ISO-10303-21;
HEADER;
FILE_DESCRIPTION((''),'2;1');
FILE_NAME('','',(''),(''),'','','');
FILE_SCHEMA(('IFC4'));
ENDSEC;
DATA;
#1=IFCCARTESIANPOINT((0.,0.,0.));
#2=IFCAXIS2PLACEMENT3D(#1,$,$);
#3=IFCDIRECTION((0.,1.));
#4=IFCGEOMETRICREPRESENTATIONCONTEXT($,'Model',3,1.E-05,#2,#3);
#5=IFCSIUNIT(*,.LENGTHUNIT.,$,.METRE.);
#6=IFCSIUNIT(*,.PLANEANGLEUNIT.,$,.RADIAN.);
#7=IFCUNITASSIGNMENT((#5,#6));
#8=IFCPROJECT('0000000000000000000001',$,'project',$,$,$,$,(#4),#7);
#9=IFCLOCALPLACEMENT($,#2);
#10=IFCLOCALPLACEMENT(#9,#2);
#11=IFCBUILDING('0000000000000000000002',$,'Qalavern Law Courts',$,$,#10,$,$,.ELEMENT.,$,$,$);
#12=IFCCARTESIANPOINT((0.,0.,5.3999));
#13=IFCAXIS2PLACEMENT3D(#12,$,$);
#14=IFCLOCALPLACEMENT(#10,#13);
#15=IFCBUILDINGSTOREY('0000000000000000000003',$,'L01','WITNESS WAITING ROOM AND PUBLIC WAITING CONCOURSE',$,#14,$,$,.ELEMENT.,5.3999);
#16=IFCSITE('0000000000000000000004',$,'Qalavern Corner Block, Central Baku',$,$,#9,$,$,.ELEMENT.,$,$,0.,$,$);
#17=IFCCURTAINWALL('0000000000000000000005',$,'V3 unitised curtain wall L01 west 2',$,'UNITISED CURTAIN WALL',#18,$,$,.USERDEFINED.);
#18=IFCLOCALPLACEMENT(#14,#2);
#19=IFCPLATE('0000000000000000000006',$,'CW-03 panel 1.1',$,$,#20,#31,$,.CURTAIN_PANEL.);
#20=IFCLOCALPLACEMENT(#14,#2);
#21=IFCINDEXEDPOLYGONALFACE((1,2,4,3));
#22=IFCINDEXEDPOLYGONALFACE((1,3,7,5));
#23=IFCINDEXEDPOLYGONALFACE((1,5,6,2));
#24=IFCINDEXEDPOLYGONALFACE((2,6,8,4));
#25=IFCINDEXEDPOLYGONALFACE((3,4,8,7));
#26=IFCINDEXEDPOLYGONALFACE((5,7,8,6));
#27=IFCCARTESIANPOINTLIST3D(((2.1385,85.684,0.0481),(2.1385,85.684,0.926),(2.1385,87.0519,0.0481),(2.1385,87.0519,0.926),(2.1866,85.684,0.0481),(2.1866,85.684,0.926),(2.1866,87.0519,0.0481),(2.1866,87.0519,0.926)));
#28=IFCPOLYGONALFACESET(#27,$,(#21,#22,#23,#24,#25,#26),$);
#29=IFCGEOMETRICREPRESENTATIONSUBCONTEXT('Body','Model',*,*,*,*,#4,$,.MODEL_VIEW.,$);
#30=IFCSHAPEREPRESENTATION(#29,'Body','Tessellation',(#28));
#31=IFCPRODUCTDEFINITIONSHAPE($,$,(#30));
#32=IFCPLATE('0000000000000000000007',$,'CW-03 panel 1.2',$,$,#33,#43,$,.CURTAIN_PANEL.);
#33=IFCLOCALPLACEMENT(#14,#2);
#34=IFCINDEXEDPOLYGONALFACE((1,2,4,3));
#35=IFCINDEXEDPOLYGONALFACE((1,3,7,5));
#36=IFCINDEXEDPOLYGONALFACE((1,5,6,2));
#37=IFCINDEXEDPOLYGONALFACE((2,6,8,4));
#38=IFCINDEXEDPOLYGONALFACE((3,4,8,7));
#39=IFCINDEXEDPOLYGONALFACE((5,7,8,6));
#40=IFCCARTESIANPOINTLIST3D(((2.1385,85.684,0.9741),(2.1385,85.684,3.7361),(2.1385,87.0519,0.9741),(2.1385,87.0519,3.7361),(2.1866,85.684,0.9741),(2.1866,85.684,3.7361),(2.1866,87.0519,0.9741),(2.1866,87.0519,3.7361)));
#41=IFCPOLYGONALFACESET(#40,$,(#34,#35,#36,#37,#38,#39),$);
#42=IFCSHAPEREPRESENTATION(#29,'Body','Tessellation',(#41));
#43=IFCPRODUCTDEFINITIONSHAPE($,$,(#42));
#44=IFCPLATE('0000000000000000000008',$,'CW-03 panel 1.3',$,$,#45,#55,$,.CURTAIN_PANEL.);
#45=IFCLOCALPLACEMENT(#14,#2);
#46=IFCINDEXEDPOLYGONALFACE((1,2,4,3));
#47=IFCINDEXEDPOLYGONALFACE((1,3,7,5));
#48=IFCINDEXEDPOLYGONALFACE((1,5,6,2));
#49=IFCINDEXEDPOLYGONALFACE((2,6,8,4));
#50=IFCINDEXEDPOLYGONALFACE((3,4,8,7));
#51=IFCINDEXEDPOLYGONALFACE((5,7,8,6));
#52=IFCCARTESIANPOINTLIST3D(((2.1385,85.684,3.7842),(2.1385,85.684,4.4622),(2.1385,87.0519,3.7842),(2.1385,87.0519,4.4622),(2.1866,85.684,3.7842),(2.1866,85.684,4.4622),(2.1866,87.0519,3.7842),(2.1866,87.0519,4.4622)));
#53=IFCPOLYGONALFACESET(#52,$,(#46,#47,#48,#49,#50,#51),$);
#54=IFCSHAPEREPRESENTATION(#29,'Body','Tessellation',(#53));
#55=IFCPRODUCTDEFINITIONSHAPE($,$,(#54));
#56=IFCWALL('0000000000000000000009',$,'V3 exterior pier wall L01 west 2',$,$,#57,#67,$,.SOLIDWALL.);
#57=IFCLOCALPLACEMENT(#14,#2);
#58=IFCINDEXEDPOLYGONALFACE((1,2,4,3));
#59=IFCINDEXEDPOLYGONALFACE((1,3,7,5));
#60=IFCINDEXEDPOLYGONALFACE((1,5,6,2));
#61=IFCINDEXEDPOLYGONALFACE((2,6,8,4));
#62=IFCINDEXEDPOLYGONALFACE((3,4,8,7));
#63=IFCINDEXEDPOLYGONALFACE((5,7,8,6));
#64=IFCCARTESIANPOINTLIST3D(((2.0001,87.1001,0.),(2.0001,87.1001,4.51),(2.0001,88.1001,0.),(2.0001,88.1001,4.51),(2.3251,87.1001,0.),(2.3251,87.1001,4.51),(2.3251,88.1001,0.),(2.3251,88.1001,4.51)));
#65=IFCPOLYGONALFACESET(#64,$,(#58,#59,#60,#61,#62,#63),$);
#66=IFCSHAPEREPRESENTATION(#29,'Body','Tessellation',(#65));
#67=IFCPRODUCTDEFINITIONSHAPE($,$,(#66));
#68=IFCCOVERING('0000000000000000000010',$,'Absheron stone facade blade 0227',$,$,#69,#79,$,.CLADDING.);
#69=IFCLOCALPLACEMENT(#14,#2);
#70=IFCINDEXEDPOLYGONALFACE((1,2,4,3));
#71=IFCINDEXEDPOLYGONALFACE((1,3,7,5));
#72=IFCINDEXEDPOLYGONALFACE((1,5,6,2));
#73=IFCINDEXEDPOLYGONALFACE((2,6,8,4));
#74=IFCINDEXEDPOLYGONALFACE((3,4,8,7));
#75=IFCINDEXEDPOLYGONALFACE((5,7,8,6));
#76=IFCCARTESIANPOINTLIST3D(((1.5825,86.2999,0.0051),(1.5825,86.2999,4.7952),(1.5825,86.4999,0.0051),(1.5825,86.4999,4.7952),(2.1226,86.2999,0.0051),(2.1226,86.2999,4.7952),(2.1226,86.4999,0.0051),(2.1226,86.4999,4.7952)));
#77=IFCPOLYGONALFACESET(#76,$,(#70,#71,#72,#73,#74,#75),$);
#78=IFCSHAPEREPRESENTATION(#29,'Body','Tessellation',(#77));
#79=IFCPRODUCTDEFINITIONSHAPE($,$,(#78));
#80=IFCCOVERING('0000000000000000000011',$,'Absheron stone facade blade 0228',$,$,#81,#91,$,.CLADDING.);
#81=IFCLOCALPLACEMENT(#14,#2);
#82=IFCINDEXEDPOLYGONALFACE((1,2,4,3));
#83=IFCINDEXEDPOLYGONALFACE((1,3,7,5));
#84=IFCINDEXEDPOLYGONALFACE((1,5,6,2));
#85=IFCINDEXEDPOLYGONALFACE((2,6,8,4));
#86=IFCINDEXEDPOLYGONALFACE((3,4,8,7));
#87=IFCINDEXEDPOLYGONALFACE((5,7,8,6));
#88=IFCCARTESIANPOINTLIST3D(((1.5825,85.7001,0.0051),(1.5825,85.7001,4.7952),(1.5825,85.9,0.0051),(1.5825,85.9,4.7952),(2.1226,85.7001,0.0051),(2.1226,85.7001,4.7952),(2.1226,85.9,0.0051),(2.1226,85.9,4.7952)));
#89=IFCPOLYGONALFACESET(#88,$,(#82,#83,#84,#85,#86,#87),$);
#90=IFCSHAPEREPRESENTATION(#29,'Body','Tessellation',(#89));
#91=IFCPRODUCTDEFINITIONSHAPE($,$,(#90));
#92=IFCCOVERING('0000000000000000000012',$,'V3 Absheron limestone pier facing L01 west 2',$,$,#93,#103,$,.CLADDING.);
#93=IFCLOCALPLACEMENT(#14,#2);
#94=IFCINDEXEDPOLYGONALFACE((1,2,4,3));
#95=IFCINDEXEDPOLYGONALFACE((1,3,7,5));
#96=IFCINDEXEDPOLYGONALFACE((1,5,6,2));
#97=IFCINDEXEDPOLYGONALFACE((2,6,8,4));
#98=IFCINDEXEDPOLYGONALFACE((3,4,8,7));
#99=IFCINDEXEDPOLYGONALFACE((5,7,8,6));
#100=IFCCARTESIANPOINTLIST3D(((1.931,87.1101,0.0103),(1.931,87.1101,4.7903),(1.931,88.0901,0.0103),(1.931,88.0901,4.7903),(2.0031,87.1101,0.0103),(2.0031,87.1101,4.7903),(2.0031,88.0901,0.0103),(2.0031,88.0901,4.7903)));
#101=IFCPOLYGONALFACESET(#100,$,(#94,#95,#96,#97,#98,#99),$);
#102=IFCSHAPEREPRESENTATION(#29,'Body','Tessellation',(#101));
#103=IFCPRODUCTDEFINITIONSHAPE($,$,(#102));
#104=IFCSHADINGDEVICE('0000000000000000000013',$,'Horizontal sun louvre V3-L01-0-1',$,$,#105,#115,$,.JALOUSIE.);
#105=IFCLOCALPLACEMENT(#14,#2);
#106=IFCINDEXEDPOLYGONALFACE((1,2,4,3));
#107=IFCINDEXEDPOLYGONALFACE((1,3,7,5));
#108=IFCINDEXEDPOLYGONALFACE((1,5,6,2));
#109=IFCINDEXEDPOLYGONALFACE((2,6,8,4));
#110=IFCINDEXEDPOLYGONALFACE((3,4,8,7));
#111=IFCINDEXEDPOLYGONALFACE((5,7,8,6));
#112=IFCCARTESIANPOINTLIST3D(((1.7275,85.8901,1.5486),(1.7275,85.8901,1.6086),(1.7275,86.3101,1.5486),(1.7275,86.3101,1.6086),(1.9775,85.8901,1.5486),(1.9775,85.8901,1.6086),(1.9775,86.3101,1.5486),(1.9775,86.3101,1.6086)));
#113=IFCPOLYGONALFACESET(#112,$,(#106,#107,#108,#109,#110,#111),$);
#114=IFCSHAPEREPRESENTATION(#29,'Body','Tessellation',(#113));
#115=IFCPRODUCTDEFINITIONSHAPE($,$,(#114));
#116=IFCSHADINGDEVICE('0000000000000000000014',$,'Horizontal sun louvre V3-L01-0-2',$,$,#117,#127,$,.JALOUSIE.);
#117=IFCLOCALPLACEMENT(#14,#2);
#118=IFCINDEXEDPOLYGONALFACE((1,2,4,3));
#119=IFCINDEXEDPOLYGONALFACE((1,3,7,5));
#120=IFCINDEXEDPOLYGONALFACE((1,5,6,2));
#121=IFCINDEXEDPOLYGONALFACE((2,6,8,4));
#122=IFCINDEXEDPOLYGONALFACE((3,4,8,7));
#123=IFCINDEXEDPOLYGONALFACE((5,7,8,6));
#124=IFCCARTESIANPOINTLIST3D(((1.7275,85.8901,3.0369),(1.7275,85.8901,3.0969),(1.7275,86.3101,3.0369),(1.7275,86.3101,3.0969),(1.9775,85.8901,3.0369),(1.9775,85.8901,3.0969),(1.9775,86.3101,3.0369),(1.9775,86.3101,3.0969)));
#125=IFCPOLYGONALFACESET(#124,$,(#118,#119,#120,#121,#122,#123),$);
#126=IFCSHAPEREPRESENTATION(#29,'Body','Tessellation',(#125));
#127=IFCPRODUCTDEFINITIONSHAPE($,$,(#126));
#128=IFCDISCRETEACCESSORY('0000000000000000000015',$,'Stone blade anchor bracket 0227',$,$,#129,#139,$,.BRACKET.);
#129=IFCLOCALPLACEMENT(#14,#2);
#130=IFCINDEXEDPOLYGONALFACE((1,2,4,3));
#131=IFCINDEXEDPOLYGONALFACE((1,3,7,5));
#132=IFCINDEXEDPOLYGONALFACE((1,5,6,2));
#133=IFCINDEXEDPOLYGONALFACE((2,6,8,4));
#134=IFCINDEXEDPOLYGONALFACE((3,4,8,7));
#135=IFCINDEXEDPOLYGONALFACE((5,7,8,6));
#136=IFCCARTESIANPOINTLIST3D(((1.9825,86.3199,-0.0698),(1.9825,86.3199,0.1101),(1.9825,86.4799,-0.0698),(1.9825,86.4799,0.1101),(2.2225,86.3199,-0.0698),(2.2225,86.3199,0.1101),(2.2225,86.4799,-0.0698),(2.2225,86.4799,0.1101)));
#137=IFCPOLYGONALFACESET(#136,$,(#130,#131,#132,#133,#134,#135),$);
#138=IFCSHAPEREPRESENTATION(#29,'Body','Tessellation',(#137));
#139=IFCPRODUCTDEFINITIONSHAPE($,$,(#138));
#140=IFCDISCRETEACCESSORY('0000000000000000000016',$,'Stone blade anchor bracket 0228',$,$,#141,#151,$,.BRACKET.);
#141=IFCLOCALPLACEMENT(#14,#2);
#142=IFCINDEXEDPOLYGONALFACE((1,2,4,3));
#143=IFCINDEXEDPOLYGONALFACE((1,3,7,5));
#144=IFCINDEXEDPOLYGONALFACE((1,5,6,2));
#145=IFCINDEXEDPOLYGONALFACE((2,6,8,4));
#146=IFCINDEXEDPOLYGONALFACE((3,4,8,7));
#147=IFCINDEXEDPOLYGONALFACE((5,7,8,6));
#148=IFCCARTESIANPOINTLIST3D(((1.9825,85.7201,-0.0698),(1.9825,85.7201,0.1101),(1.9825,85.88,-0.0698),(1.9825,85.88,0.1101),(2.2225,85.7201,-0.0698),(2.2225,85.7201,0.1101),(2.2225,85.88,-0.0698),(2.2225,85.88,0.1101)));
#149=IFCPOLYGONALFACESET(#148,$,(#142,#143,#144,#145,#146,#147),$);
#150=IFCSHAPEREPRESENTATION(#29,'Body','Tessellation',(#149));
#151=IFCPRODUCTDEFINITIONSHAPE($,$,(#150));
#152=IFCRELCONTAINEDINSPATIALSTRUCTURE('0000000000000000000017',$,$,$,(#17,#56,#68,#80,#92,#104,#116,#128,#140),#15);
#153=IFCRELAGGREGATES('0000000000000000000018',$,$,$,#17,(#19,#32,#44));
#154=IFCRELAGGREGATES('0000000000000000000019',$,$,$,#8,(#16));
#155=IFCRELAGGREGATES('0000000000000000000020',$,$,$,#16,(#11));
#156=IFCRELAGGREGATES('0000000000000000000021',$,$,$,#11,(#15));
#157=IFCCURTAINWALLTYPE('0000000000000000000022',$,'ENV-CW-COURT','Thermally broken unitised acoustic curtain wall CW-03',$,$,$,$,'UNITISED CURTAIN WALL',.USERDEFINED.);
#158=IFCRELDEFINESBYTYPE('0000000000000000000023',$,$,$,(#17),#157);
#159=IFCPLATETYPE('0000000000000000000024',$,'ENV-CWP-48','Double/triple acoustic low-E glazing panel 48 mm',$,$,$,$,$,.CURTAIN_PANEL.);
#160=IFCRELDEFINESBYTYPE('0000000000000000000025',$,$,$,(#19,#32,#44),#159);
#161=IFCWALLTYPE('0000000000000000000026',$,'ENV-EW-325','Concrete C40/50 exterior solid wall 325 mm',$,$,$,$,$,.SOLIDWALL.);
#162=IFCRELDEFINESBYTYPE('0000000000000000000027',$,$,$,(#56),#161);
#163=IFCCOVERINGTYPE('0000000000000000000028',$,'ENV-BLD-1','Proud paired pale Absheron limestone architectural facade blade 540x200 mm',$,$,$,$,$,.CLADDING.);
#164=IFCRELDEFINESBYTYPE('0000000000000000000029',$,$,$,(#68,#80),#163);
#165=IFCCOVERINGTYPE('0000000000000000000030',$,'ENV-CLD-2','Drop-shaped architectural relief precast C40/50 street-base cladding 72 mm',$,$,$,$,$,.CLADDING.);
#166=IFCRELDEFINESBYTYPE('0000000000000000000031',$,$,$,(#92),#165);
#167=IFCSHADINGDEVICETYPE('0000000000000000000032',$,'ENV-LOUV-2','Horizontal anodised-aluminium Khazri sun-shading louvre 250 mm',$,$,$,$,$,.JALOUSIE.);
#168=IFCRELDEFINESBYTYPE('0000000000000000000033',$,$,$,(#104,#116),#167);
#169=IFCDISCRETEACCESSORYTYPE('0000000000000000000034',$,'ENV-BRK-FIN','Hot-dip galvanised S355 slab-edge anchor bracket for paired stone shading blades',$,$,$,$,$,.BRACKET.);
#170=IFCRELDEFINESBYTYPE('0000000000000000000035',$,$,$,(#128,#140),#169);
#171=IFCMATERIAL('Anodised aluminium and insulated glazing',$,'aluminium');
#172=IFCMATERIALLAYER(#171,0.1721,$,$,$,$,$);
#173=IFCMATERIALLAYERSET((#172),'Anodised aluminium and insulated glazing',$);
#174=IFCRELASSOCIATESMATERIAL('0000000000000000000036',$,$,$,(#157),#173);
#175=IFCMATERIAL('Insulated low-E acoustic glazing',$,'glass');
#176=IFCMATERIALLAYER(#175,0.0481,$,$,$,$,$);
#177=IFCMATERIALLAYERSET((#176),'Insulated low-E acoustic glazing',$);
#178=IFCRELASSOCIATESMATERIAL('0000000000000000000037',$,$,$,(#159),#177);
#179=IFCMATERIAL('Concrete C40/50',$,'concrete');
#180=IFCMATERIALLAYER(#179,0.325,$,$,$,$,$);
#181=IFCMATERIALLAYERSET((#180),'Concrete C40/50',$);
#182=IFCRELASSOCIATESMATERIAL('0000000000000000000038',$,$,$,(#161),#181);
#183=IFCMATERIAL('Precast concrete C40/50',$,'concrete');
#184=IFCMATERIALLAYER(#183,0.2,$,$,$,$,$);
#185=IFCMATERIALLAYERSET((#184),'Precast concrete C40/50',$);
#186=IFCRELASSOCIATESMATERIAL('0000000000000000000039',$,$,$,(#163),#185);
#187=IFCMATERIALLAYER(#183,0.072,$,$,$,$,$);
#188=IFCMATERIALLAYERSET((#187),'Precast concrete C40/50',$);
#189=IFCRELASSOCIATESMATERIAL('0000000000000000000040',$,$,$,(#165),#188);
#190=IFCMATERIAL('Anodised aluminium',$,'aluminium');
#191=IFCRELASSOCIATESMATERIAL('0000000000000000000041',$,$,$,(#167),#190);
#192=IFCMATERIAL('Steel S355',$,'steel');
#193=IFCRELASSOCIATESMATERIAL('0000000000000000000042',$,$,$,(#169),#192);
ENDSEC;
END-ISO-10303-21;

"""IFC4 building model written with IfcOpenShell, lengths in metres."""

from ifc_helpers import new_model, si_unit, direction, frame, frame_2d, origin, origin_2d, place, context, subcontext, project, spatial, rectangle, extrude, material, layer, layer_set, type_object, element, aggregate, save


model = new_model("IFC4")

# Units and contexts
model_context = context("Model", 3, precision=1e-05, world=origin(), true_north=direction((0.0, 1.0)))
body_context = subcontext(model_context, "Body", "Model", "MODEL_VIEW")
ifc_project = project(units=[si_unit("LENGTHUNIT", "METRE"), si_unit("PLANEANGLEUNIT", "RADIAN")], contexts=[model_context])

# Site, building, storey
site_placement = place(None, origin())
site = spatial("IfcSite", under=ifc_project, at=site_placement, Name="Qalavern Corner Block, Central Baku", CompositionType="ELEMENT", RefElevation=0.0)
building_placement = place(site_placement, origin())
building = spatial("IfcBuilding", under=site, at=building_placement, Name="Qalavern Law Courts", CompositionType="ELEMENT")
storey_placement = place(building_placement, frame((0.0, 0.0, 5.3999)))
storey = spatial("IfcBuildingStorey", under=building, at=storey_placement, Name="L01", Description="WITNESS WAITING ROOM AND PUBLIC WAITING CONCOURSE", CompositionType="ELEMENT", Elevation=5.3999)

# Curtain wall
ifc_material_1 = material(Name="Anodised aluminium and insulated glazing", Category="aluminium")
ifc_layer_1 = layer(ifc_material_1, 0.1721)
ifc_layer_set_1 = layer_set([ifc_layer_1], Name="Anodised aluminium and insulated glazing")
curtain_wall_type = type_object("IfcCurtainWallType", Name="ENV-CW-COURT", Description="Thermally broken unitised acoustic curtain wall CW-03", ElementType="UNITISED CURTAIN WALL", PredefinedType="USERDEFINED", material=ifc_layer_set_1)
ifc_material_2 = material(Name="Anodised aluminium", Category="aluminium")
curtain_wall_1_placement = place(storey_placement, origin())
curtain_wall_1 = element("IfcCurtainWall", 1, at=curtain_wall_1_placement, inside=storey, type_object=curtain_wall_type, Name="V3 unitised curtain wall L01 west 2", ObjectType="UNITISED CURTAIN WALL", PredefinedType="USERDEFINED")

# Plates
ifc_material_3 = material(Name="Insulated low-E acoustic glazing", Category="glass")
ifc_layer_2 = layer(ifc_material_3, 0.0481)
ifc_layer_set_2 = layer_set([ifc_layer_2], Name="Insulated low-E acoustic glazing")
plate_type_1 = type_object("IfcPlateType", Name="ENV-CWP-48", Description="Double/triple acoustic low-E glazing panel 48 mm", PredefinedType="CURTAIN_PANEL", material=ifc_layer_set_2)
plate_1_placement = place(storey_placement, frame((2.1626, 86.3679, 0.0481), z_axis=(0.0, 0.0, 1.0), x_axis=(0.0, -1.0, 0.0)))
plate_1 = element("IfcPlate", 2, at=plate_1_placement, type_object=plate_type_1, Name="CW-03 panel 1.1", PredefinedType="CURTAIN_PANEL", context=body_context, shape_type="SweptSolid", body=[
    extrude(rectangle(XDim=1.3679, YDim=0.0481, at=origin_2d()), origin(), (0.0, 0.0, 1.0), 0.8779),
])
plate_2_placement = place(storey_placement, frame((2.1626, 86.3679, 0.9741), z_axis=(0.0, 0.0, 1.0), x_axis=(0.0, -1.0, 0.0)))
plate_2 = element("IfcPlate", 3, at=plate_2_placement, type_object=plate_type_1, Name="CW-03 panel 1.2", PredefinedType="CURTAIN_PANEL", context=body_context, shape_type="SweptSolid", body=[
    extrude(rectangle(XDim=1.3679, YDim=0.0481, at=origin_2d()), origin(), (0.0, 0.0, 1.0), 2.762),
])
plate_3_placement = place(storey_placement, frame((2.1626, 86.3679, 3.7842), z_axis=(0.0, 0.0, 1.0), x_axis=(0.0, -1.0, 0.0)))
plate_3 = element("IfcPlate", 4, at=plate_3_placement, type_object=plate_type_1, Name="CW-03 panel 1.3", PredefinedType="CURTAIN_PANEL", context=body_context, shape_type="SweptSolid", body=[
    extrude(rectangle(XDim=1.3679, YDim=0.0481, at=origin_2d()), origin(), (0.0, 0.0, 1.0), 0.678),
])
aggregate(curtain_wall_1, [plate_1, plate_2, plate_3])

# Wall
ifc_material_4 = material(Name="Concrete C40/50", Category="concrete")
ifc_layer_3 = layer(ifc_material_4, 0.325)
ifc_layer_set_3 = layer_set([ifc_layer_3], Name="Concrete C40/50")
wall_type = type_object("IfcWallType", Name="ENV-EW-325", Description="Concrete C40/50 exterior solid wall 325 mm", PredefinedType="SOLIDWALL", material=ifc_layer_set_3)
wall_placement = place(storey_placement, frame((2.1626, 88.1001, 0.0), z_axis=(0.0, 0.0, 1.0), x_axis=(0.0, -1.0, 0.0)))
element("IfcWall", 5, at=wall_placement, inside=storey, type_object=wall_type, Name="V3 exterior pier wall L01 west 2", PredefinedType="SOLIDWALL", context=body_context, shape_type="SweptSolid", body=[
    extrude(rectangle(XDim=1.0, YDim=0.325, at=frame_2d((0.5, 0.0))), origin(), (0.0, 0.0, 1.0), 4.51),
])

# Coverings
ifc_material_5 = material(Name="Precast concrete C40/50", Category="concrete")
ifc_layer_4 = layer(ifc_material_5, 0.2)
ifc_layer_set_4 = layer_set([ifc_layer_4], Name="Precast concrete C40/50")
covering_type_1 = type_object("IfcCoveringType", Name="ENV-BLD-1", Description="Proud paired pale Absheron limestone architectural facade blade 540x200 mm", PredefinedType="CLADDING", material=ifc_layer_set_4)
for number, where, z_axis, x_axis, name in (
    (6, (1.8525, 86.3999, 0.0051), (0.0, 0.0, 1.0), (-1.0, 0.0, 0.0), "Absheron stone facade blade 0227"),
    (7, (1.8525, 85.8, 0.0051), (0.0, 0.0, 1.0), (-1.0, 0.0, 0.0), "Absheron stone facade blade 0228"),
):
    element("IfcCovering", number, at=place(storey_placement, frame(where, z_axis=z_axis, x_axis=x_axis)), inside=storey, type_object=covering_type_1, Name=name, PredefinedType="CLADDING", context=body_context, shape_type="SweptSolid", body=[
        extrude(rectangle(XDim=0.54, YDim=0.2, at=origin_2d()), origin(), (0.0, 0.0, 1.0), 4.79),
    ])
ifc_layer_5 = layer(ifc_material_5, 0.072)
ifc_layer_set_5 = layer_set([ifc_layer_5], Name="Precast concrete C40/50")
covering_type_2 = type_object("IfcCoveringType", Name="ENV-CLD-2", Description="Drop-shaped architectural relief precast C40/50 street-base cladding 72 mm", PredefinedType="CLADDING", material=ifc_layer_set_5)
covering_placement = place(storey_placement, frame((1.967, 87.6001, 0.0103), z_axis=(0.0, 0.0, 1.0), x_axis=(0.0, -1.0, 0.0)))
element("IfcCovering", 8, at=covering_placement, inside=storey, type_object=covering_type_2, Name="V3 Absheron limestone pier facing L01 west 2", PredefinedType="CLADDING", context=body_context, shape_type="SweptSolid", body=[
    extrude(rectangle(XDim=0.98, YDim=0.072, at=origin_2d()), origin(), (0.0, 0.0, 1.0), 4.78),
])

# Shading devices
shading_device_type = type_object("IfcShadingDeviceType", Name="ENV-LOUV-2", Description="Horizontal anodised-aluminium Khazri sun-shading louvre 250 mm", PredefinedType="JALOUSIE", material=ifc_material_2)
for number, where, z_axis, x_axis, name in (
    (9, (1.8525, 86.1001, 1.5486), (0.0, 0.0, 1.0), (0.0, -1.0, 0.0), "Horizontal sun louvre V3-L01-0-1"),
    (10, (1.8525, 86.1001, 3.0369), (0.0, 0.0, 1.0), (0.0, -1.0, 0.0), "Horizontal sun louvre V3-L01-0-2"),
):
    element("IfcShadingDevice", number, at=place(storey_placement, frame(where, z_axis=z_axis, x_axis=x_axis)), inside=storey, type_object=shading_device_type, Name=name, PredefinedType="JALOUSIE", context=body_context, shape_type="SweptSolid", body=[
        extrude(rectangle(XDim=0.4199, YDim=0.25, at=origin_2d()), origin(), (0.0, 0.0, 1.0), 0.0601),
    ])

# Discrete accessories
ifc_material_6 = material(Name="Steel S355", Category="steel")
discrete_accessory_type = type_object("IfcDiscreteAccessoryType", Name="ENV-BRK-FIN", Description="Hot-dip galvanised S355 slab-edge anchor bracket for paired stone shading blades", PredefinedType="BRACKET", material=ifc_material_6)
for number, where, z_axis, x_axis, name in (
    (11, (2.1025, 86.3999, -0.0698), (0.0, 0.0, 1.0), (-1.0, 0.0, 0.0), "Stone blade anchor bracket 0227"),
    (12, (2.1025, 85.8, -0.0698), (0.0, 0.0, 1.0), (-1.0, 0.0, 0.0), "Stone blade anchor bracket 0228"),
):
    element("IfcDiscreteAccessory", number, at=place(storey_placement, frame(where, z_axis=z_axis, x_axis=x_axis)), inside=storey, type_object=discrete_accessory_type, Name=name, PredefinedType="BRACKET", context=body_context, shape_type="SweptSolid", body=[
        extrude(rectangle(XDim=0.24, YDim=0.1599, at=origin_2d()), origin(), (0.0, 0.0, 1.0), 0.1799),
    ])

save(model, "model.ifc")
